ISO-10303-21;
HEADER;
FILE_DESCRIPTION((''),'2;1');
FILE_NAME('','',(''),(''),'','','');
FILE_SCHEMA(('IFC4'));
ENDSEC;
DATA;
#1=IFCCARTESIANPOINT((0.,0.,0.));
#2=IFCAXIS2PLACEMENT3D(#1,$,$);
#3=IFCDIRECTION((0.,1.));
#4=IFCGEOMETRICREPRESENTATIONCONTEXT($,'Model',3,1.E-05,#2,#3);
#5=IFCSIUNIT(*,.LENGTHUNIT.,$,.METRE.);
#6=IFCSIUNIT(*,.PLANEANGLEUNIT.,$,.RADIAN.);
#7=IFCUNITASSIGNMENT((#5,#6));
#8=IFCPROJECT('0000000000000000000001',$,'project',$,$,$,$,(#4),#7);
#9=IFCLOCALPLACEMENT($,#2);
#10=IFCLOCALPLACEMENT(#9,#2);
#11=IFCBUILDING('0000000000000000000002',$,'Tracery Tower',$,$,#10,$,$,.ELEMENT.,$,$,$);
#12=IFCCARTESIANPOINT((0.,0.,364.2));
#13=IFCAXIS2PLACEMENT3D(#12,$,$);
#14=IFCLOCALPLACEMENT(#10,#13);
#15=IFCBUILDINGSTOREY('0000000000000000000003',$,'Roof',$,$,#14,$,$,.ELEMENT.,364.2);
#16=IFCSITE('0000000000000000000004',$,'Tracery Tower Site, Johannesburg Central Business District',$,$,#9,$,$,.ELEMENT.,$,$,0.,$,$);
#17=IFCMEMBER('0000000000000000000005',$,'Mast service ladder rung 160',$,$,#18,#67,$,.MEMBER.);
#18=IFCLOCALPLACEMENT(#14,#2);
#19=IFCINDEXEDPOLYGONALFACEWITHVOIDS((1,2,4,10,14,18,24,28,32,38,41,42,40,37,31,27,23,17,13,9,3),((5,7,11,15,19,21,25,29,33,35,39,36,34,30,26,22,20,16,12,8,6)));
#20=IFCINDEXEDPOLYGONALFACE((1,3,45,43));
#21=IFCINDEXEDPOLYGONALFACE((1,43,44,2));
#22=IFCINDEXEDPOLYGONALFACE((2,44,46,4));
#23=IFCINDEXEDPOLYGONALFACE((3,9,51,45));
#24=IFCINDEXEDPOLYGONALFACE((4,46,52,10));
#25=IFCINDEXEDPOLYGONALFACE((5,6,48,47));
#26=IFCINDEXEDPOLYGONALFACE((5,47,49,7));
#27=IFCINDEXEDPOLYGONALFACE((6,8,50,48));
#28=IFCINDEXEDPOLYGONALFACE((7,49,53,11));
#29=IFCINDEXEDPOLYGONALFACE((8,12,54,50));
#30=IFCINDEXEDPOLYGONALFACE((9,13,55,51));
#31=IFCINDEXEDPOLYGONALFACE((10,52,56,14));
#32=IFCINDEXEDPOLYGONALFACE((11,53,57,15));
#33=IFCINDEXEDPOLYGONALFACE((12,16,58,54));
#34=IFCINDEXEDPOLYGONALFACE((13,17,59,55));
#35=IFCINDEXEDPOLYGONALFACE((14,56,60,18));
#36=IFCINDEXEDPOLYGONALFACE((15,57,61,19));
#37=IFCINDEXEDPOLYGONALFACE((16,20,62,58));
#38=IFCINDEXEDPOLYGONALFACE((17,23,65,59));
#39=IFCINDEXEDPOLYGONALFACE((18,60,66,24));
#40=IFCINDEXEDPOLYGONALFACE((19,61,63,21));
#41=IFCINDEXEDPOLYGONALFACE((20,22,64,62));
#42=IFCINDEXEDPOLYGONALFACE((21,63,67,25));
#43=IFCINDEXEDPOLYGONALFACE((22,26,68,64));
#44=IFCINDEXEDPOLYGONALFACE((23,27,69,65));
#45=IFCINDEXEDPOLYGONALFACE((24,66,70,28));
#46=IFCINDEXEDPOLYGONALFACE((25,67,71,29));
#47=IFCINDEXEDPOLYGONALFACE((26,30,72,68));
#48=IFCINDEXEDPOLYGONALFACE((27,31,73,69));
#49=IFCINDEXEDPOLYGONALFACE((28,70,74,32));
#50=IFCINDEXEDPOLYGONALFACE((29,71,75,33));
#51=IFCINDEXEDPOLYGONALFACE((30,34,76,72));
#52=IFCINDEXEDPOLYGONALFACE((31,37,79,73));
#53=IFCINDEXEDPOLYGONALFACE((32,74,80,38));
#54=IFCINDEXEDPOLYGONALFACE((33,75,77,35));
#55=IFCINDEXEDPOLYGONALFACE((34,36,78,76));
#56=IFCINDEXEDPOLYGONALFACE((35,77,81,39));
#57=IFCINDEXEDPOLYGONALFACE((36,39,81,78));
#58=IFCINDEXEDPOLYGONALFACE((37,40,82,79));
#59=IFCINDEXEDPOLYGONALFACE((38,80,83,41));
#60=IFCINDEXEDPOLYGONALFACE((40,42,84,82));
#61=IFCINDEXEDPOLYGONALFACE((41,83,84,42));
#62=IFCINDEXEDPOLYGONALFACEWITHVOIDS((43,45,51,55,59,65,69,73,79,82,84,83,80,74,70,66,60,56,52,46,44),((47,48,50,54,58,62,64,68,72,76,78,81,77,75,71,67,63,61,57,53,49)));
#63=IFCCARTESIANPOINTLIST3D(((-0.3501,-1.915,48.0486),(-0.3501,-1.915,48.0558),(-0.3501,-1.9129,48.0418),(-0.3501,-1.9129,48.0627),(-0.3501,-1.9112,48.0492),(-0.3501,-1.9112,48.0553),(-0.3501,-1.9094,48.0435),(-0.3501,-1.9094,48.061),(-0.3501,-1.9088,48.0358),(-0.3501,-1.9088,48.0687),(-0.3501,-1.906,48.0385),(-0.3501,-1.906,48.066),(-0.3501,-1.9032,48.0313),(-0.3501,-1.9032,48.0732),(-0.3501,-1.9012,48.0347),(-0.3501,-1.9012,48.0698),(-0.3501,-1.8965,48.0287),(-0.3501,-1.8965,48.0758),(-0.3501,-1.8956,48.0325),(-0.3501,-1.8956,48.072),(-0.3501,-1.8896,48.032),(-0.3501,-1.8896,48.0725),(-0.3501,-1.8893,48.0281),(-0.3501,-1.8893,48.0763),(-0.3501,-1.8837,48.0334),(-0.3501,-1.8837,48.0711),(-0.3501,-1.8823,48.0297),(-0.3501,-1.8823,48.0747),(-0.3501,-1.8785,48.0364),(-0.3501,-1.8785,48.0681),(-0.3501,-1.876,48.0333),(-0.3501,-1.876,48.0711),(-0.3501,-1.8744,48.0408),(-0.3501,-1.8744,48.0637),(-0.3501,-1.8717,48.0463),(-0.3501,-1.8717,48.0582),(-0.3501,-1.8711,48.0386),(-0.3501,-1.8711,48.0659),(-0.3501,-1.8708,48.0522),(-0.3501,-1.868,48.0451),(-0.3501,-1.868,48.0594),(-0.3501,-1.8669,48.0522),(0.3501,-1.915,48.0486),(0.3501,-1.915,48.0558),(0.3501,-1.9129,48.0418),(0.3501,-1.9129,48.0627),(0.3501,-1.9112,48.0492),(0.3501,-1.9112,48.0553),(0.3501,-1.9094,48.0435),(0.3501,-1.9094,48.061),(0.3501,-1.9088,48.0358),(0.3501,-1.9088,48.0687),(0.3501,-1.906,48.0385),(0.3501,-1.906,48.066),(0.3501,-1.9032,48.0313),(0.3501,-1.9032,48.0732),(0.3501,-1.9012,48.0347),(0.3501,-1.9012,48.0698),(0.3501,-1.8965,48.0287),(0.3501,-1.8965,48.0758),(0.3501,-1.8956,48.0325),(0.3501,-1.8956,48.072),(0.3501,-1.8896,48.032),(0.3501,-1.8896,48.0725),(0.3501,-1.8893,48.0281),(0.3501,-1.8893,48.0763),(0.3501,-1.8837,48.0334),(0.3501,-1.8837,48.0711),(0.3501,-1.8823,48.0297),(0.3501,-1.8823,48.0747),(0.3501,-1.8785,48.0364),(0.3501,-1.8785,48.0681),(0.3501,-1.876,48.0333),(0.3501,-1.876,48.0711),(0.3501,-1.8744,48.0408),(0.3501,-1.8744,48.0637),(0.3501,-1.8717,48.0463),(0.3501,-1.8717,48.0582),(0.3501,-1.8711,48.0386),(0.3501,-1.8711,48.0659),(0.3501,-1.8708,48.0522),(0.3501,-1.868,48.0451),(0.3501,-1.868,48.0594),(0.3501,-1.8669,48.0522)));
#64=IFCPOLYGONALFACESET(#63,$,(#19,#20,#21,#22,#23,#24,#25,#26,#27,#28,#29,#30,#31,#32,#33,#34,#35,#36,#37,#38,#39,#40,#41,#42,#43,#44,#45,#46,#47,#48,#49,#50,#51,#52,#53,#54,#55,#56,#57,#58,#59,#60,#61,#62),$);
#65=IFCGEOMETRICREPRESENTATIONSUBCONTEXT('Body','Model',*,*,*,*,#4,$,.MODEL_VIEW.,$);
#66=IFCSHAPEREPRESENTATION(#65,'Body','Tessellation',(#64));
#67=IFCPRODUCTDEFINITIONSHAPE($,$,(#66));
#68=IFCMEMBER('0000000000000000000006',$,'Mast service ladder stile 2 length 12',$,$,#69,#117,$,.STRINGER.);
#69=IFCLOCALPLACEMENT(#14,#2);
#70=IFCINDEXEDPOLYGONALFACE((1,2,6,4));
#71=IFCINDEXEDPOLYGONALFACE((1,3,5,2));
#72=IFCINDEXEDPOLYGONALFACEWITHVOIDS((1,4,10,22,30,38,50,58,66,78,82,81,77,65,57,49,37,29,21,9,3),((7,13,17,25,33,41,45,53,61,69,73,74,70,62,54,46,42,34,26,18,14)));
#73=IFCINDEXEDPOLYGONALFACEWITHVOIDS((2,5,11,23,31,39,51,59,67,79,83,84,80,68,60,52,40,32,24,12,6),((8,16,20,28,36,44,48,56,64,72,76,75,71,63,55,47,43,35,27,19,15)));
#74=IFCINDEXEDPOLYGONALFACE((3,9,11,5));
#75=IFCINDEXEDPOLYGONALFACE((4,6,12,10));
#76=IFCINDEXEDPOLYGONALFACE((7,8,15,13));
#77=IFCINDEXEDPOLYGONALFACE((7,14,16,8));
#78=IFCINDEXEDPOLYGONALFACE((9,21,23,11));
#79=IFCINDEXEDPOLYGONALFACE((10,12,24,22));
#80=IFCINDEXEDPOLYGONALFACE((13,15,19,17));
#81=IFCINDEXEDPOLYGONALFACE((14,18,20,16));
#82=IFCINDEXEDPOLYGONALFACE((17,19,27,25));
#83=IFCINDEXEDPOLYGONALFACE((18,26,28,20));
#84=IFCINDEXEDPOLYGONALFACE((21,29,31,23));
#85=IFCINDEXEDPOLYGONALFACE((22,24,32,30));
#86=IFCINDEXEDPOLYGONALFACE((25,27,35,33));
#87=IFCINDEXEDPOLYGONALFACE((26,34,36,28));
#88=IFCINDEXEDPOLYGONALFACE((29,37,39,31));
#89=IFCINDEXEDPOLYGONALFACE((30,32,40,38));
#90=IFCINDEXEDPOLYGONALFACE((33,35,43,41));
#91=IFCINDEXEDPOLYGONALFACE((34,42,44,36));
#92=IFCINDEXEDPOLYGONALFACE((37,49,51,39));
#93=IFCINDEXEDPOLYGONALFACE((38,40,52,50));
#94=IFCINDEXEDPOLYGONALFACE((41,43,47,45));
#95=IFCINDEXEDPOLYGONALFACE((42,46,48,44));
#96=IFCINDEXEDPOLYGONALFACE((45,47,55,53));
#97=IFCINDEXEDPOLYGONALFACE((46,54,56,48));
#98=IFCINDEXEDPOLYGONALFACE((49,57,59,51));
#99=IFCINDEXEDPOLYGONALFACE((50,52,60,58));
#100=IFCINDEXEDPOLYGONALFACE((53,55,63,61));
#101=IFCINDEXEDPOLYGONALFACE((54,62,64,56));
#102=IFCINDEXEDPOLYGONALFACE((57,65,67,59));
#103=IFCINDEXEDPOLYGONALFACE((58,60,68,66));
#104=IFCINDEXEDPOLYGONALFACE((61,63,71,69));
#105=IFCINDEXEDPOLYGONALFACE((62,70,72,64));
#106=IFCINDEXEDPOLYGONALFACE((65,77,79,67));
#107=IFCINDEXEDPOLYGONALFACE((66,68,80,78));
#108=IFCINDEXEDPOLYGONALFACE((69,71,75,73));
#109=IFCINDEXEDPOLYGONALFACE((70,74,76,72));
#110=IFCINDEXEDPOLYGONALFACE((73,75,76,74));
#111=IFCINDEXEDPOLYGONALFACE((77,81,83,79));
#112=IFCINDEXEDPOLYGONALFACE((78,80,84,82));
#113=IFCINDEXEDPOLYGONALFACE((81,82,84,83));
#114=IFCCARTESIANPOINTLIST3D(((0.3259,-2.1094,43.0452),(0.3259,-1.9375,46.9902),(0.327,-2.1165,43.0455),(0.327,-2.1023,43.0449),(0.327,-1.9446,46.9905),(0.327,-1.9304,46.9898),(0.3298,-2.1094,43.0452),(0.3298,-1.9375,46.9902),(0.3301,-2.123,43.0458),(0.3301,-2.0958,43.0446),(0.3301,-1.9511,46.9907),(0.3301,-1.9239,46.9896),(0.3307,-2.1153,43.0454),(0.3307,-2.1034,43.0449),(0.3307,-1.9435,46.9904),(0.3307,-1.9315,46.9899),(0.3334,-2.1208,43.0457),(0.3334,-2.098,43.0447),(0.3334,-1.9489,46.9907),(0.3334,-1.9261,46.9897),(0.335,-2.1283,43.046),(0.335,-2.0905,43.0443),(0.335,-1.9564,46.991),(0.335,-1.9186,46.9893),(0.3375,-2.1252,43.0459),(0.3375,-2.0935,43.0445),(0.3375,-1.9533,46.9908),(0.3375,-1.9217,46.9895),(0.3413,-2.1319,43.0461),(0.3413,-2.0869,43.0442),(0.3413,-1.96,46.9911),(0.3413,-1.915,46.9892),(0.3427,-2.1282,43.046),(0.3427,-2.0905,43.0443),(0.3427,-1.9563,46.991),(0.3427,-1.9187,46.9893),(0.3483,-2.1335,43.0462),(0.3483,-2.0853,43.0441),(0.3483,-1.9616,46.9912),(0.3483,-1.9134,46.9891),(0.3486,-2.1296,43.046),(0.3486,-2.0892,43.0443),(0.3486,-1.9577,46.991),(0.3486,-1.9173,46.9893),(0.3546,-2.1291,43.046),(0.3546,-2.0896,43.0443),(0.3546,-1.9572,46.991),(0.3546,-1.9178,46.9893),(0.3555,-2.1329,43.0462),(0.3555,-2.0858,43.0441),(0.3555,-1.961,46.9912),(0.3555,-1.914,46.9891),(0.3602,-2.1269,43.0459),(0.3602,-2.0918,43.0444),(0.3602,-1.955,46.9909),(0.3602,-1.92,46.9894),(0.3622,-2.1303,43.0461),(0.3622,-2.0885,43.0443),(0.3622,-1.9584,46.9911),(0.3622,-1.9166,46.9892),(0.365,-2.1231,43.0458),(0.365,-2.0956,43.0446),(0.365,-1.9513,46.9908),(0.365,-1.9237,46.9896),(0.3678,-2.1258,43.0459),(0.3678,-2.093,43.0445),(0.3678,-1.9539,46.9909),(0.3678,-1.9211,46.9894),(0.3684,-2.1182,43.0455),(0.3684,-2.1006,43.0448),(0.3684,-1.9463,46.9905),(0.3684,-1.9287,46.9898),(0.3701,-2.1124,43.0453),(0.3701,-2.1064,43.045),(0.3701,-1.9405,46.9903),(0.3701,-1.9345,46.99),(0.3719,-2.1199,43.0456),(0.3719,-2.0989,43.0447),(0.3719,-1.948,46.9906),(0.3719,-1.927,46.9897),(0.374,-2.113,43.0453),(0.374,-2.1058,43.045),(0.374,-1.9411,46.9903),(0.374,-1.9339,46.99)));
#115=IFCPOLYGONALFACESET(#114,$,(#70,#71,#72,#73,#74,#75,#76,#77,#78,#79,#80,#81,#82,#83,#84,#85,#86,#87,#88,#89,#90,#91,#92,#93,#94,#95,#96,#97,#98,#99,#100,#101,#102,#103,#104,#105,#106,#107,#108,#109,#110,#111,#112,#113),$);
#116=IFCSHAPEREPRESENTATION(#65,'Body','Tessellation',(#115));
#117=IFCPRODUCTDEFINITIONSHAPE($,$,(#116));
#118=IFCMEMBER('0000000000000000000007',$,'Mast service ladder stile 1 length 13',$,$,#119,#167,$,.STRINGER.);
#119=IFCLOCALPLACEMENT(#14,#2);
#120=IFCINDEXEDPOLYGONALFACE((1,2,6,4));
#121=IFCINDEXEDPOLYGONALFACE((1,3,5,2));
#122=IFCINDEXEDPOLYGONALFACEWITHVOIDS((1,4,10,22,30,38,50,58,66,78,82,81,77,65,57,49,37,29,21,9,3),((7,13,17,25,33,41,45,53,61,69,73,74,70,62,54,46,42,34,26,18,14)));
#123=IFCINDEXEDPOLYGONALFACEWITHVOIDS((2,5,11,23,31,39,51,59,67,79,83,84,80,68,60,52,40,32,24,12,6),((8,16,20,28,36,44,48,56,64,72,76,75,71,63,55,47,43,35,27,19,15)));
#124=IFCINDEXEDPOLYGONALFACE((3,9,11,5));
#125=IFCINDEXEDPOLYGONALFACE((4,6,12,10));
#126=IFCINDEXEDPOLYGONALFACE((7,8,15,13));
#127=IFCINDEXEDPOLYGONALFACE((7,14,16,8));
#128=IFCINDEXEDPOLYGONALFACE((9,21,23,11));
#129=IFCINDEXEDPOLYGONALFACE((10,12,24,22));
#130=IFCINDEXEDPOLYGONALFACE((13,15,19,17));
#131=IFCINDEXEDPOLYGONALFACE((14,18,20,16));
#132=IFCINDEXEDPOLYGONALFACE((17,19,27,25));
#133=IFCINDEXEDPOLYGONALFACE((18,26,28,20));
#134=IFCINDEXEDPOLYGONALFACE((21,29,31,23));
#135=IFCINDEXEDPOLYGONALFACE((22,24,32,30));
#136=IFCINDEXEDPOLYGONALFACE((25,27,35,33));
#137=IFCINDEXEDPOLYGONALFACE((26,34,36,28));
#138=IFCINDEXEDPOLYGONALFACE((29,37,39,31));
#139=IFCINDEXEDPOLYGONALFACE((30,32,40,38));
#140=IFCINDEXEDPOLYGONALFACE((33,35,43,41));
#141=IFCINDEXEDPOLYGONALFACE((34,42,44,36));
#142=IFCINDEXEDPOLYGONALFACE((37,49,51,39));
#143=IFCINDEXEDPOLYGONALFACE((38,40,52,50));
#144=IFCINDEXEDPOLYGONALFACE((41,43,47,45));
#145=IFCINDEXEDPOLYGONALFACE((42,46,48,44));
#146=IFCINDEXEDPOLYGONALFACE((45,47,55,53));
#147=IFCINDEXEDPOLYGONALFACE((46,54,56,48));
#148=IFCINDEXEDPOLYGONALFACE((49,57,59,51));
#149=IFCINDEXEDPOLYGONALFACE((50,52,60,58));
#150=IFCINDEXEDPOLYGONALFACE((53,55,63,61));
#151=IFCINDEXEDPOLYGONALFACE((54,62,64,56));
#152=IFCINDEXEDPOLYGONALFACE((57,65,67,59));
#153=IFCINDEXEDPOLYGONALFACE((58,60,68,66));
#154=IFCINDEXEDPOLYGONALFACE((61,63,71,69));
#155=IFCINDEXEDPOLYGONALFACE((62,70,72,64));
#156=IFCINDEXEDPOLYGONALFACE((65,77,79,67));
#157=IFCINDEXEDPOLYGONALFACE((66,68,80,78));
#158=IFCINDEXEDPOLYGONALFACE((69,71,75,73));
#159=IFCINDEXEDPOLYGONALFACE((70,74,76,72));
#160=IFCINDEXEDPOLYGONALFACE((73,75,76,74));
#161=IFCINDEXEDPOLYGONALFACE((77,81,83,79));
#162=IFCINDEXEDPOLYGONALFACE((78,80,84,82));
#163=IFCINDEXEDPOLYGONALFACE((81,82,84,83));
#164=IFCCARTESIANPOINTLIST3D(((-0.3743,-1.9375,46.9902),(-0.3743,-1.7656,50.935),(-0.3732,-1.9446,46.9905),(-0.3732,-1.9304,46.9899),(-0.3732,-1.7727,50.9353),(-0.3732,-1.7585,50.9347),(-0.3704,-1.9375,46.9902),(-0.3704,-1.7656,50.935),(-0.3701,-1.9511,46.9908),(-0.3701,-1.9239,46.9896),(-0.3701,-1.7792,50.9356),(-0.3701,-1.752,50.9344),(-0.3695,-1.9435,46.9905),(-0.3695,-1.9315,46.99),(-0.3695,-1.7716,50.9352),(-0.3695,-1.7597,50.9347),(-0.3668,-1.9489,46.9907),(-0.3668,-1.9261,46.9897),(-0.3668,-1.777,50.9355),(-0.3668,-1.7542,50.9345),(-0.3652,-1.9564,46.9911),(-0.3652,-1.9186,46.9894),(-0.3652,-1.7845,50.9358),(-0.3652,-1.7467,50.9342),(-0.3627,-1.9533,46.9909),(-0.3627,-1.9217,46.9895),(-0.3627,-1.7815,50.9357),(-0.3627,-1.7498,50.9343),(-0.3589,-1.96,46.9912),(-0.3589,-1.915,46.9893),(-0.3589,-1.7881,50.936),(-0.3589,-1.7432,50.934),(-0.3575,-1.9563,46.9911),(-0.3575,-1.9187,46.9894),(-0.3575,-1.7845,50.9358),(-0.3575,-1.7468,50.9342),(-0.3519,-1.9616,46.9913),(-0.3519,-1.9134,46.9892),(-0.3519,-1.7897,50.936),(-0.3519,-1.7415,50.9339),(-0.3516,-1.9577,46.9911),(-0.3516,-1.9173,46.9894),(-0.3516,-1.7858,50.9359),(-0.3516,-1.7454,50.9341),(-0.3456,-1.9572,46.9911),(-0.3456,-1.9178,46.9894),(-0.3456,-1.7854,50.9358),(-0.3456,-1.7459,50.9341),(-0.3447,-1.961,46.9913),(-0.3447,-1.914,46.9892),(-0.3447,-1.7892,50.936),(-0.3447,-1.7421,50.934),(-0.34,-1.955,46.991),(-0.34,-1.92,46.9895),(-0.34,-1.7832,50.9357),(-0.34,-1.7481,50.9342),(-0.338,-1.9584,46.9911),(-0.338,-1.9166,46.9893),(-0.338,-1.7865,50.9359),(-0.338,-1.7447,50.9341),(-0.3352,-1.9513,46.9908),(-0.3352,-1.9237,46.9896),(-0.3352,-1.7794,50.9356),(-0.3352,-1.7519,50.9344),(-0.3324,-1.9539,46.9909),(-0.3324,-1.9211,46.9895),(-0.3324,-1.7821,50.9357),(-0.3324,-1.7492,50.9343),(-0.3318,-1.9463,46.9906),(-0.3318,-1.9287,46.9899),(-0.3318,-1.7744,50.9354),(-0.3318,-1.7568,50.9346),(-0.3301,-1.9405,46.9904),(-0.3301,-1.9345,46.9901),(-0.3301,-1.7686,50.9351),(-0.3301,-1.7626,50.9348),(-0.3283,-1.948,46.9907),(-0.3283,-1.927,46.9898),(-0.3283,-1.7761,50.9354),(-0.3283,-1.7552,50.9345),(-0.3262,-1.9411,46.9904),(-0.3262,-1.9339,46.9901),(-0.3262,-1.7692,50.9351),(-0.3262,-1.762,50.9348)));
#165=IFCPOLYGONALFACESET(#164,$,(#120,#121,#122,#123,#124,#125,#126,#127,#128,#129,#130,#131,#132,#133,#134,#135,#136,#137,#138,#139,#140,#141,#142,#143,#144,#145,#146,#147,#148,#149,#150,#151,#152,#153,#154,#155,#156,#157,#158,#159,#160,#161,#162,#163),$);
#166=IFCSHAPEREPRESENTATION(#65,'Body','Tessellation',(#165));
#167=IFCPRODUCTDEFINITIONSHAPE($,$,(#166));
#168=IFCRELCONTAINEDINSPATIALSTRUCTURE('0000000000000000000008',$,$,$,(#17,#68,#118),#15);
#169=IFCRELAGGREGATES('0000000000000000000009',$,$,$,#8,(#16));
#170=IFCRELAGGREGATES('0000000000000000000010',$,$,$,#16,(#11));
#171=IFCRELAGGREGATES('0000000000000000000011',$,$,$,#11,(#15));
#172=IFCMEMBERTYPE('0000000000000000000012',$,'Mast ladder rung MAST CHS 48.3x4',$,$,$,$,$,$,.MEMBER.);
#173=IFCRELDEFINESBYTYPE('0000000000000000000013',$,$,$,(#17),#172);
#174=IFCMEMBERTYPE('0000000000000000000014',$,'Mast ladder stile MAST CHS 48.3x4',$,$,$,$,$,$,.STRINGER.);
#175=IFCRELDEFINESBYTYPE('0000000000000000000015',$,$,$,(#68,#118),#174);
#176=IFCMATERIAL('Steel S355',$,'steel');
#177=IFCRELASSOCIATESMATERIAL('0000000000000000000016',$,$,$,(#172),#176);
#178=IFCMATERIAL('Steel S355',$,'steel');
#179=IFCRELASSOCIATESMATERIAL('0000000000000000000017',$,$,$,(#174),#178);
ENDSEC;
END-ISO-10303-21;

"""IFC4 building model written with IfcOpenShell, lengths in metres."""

from ifc_helpers import new_model, si_unit, direction, frame, origin, origin_2d, place, context, subcontext, project, spatial, hollow_circle, extrude, material, material_profile, profile_set, type_object, element, save


model = new_model("IFC4")

# Units and contexts
model_context = context("Model", 3, precision=1e-05, world=origin(), true_north=direction((0.0, 1.0)))
body_context = subcontext(model_context, "Body", "Model", "MODEL_VIEW")
ifc_project = project(units=[si_unit("LENGTHUNIT", "METRE"), si_unit("PLANEANGLEUNIT", "RADIAN")], contexts=[model_context])

# Site, building, storey
site_placement = place(None, origin())
site = spatial("IfcSite", under=ifc_project, at=site_placement, Name="Tracery Tower Site, Johannesburg Central Business District", CompositionType="ELEMENT", RefElevation=0.0)
building_placement = place(site_placement, origin())
building = spatial("IfcBuilding", under=site, at=building_placement, Name="Tracery Tower", CompositionType="ELEMENT")
storey_placement = place(building_placement, frame((0.0, 0.0, 364.2)))
storey = spatial("IfcBuildingStorey", under=building, at=storey_placement, Name="Roof", CompositionType="ELEMENT", Elevation=364.2)

# Members
ifc_material_1 = material(Name="Steel S355", Category="steel")
ifc_material_profile_1 = material_profile(ifc_material_1, hollow_circle(Radius=0.0242, WallThickness=0.0039, at=origin_2d()), Name="CHS 48.3x4")
ifc_profile_set_1 = profile_set([ifc_material_profile_1], Name="Steel S355")
member_type_1 = type_object("IfcMemberType", Name="Mast ladder rung MAST CHS 48.3x4", PredefinedType="MEMBER", material=ifc_profile_set_1)
for number, where, z_axis, x_axis, name in (
    (1, (-0.3501, -1.8911, 48.0522), (1.0, 0.0, 0.0), (0.0, 1.0, 0.0), "Mast service ladder rung 160"),
):
    element("IfcMember", number, at=place(storey_placement, frame(where, z_axis=z_axis, x_axis=x_axis)), inside=storey, type_object=member_type_1, Name=name, PredefinedType="MEMBER", context=body_context, shape_type="SweptSolid", body=[
        extrude(hollow_circle(Radius=0.0242, WallThickness=0.0039, at=origin_2d()), origin(), (0.0, 0.0, 1.0), 0.7002),
    ])
ifc_material_2 = material(Name="Steel S355", Category="steel")
ifc_material_profile_2 = material_profile(ifc_material_2, hollow_circle(Radius=0.0242, WallThickness=0.0039, at=origin_2d()), Name="CHS 48.3x4")
ifc_profile_set_2 = profile_set([ifc_material_profile_2], Name="Steel S355")
member_type_2 = type_object("IfcMemberType", Name="Mast ladder stile MAST CHS 48.3x4", PredefinedType="STRINGER", material=ifc_profile_set_2)
member_placement = place(storey_placement, frame((0.3501, -2.1094, 43.0452), z_axis=(0.0, 0.043526, 0.999052), x_axis=(-1.0, 0.0, 0.0)))
element("IfcMember", 2, at=member_placement, inside=storey, type_object=member_type_2, Name="Mast service ladder stile 2 length 12", PredefinedType="STRINGER", context=body_context, shape_type="SweptSolid", body=[
    extrude(hollow_circle(Radius=0.0242, WallThickness=0.0039, at=origin_2d()), origin(), (0.0, 0.0, 1.0), 3.9487),
])
for number, where, z_axis, x_axis, name in (
    (3, (-0.3501, -1.9375, 46.9902), (0.0, 0.043528, 0.999052), (-1.0, 0.0, 0.0), "Mast service ladder stile 1 length 13"),
):
    element("IfcMember", number, at=place(storey_placement, frame(where, z_axis=z_axis, x_axis=x_axis)), inside=storey, type_object=member_type_2, Name=name, PredefinedType="STRINGER", context=body_context, shape_type="SweptSolid", body=[
        extrude(hollow_circle(Radius=0.0242, WallThickness=0.0039, at=origin_2d()), origin(), (0.0, 0.0, 1.0), 3.9485),
    ])

save(model, "model.ifc")
